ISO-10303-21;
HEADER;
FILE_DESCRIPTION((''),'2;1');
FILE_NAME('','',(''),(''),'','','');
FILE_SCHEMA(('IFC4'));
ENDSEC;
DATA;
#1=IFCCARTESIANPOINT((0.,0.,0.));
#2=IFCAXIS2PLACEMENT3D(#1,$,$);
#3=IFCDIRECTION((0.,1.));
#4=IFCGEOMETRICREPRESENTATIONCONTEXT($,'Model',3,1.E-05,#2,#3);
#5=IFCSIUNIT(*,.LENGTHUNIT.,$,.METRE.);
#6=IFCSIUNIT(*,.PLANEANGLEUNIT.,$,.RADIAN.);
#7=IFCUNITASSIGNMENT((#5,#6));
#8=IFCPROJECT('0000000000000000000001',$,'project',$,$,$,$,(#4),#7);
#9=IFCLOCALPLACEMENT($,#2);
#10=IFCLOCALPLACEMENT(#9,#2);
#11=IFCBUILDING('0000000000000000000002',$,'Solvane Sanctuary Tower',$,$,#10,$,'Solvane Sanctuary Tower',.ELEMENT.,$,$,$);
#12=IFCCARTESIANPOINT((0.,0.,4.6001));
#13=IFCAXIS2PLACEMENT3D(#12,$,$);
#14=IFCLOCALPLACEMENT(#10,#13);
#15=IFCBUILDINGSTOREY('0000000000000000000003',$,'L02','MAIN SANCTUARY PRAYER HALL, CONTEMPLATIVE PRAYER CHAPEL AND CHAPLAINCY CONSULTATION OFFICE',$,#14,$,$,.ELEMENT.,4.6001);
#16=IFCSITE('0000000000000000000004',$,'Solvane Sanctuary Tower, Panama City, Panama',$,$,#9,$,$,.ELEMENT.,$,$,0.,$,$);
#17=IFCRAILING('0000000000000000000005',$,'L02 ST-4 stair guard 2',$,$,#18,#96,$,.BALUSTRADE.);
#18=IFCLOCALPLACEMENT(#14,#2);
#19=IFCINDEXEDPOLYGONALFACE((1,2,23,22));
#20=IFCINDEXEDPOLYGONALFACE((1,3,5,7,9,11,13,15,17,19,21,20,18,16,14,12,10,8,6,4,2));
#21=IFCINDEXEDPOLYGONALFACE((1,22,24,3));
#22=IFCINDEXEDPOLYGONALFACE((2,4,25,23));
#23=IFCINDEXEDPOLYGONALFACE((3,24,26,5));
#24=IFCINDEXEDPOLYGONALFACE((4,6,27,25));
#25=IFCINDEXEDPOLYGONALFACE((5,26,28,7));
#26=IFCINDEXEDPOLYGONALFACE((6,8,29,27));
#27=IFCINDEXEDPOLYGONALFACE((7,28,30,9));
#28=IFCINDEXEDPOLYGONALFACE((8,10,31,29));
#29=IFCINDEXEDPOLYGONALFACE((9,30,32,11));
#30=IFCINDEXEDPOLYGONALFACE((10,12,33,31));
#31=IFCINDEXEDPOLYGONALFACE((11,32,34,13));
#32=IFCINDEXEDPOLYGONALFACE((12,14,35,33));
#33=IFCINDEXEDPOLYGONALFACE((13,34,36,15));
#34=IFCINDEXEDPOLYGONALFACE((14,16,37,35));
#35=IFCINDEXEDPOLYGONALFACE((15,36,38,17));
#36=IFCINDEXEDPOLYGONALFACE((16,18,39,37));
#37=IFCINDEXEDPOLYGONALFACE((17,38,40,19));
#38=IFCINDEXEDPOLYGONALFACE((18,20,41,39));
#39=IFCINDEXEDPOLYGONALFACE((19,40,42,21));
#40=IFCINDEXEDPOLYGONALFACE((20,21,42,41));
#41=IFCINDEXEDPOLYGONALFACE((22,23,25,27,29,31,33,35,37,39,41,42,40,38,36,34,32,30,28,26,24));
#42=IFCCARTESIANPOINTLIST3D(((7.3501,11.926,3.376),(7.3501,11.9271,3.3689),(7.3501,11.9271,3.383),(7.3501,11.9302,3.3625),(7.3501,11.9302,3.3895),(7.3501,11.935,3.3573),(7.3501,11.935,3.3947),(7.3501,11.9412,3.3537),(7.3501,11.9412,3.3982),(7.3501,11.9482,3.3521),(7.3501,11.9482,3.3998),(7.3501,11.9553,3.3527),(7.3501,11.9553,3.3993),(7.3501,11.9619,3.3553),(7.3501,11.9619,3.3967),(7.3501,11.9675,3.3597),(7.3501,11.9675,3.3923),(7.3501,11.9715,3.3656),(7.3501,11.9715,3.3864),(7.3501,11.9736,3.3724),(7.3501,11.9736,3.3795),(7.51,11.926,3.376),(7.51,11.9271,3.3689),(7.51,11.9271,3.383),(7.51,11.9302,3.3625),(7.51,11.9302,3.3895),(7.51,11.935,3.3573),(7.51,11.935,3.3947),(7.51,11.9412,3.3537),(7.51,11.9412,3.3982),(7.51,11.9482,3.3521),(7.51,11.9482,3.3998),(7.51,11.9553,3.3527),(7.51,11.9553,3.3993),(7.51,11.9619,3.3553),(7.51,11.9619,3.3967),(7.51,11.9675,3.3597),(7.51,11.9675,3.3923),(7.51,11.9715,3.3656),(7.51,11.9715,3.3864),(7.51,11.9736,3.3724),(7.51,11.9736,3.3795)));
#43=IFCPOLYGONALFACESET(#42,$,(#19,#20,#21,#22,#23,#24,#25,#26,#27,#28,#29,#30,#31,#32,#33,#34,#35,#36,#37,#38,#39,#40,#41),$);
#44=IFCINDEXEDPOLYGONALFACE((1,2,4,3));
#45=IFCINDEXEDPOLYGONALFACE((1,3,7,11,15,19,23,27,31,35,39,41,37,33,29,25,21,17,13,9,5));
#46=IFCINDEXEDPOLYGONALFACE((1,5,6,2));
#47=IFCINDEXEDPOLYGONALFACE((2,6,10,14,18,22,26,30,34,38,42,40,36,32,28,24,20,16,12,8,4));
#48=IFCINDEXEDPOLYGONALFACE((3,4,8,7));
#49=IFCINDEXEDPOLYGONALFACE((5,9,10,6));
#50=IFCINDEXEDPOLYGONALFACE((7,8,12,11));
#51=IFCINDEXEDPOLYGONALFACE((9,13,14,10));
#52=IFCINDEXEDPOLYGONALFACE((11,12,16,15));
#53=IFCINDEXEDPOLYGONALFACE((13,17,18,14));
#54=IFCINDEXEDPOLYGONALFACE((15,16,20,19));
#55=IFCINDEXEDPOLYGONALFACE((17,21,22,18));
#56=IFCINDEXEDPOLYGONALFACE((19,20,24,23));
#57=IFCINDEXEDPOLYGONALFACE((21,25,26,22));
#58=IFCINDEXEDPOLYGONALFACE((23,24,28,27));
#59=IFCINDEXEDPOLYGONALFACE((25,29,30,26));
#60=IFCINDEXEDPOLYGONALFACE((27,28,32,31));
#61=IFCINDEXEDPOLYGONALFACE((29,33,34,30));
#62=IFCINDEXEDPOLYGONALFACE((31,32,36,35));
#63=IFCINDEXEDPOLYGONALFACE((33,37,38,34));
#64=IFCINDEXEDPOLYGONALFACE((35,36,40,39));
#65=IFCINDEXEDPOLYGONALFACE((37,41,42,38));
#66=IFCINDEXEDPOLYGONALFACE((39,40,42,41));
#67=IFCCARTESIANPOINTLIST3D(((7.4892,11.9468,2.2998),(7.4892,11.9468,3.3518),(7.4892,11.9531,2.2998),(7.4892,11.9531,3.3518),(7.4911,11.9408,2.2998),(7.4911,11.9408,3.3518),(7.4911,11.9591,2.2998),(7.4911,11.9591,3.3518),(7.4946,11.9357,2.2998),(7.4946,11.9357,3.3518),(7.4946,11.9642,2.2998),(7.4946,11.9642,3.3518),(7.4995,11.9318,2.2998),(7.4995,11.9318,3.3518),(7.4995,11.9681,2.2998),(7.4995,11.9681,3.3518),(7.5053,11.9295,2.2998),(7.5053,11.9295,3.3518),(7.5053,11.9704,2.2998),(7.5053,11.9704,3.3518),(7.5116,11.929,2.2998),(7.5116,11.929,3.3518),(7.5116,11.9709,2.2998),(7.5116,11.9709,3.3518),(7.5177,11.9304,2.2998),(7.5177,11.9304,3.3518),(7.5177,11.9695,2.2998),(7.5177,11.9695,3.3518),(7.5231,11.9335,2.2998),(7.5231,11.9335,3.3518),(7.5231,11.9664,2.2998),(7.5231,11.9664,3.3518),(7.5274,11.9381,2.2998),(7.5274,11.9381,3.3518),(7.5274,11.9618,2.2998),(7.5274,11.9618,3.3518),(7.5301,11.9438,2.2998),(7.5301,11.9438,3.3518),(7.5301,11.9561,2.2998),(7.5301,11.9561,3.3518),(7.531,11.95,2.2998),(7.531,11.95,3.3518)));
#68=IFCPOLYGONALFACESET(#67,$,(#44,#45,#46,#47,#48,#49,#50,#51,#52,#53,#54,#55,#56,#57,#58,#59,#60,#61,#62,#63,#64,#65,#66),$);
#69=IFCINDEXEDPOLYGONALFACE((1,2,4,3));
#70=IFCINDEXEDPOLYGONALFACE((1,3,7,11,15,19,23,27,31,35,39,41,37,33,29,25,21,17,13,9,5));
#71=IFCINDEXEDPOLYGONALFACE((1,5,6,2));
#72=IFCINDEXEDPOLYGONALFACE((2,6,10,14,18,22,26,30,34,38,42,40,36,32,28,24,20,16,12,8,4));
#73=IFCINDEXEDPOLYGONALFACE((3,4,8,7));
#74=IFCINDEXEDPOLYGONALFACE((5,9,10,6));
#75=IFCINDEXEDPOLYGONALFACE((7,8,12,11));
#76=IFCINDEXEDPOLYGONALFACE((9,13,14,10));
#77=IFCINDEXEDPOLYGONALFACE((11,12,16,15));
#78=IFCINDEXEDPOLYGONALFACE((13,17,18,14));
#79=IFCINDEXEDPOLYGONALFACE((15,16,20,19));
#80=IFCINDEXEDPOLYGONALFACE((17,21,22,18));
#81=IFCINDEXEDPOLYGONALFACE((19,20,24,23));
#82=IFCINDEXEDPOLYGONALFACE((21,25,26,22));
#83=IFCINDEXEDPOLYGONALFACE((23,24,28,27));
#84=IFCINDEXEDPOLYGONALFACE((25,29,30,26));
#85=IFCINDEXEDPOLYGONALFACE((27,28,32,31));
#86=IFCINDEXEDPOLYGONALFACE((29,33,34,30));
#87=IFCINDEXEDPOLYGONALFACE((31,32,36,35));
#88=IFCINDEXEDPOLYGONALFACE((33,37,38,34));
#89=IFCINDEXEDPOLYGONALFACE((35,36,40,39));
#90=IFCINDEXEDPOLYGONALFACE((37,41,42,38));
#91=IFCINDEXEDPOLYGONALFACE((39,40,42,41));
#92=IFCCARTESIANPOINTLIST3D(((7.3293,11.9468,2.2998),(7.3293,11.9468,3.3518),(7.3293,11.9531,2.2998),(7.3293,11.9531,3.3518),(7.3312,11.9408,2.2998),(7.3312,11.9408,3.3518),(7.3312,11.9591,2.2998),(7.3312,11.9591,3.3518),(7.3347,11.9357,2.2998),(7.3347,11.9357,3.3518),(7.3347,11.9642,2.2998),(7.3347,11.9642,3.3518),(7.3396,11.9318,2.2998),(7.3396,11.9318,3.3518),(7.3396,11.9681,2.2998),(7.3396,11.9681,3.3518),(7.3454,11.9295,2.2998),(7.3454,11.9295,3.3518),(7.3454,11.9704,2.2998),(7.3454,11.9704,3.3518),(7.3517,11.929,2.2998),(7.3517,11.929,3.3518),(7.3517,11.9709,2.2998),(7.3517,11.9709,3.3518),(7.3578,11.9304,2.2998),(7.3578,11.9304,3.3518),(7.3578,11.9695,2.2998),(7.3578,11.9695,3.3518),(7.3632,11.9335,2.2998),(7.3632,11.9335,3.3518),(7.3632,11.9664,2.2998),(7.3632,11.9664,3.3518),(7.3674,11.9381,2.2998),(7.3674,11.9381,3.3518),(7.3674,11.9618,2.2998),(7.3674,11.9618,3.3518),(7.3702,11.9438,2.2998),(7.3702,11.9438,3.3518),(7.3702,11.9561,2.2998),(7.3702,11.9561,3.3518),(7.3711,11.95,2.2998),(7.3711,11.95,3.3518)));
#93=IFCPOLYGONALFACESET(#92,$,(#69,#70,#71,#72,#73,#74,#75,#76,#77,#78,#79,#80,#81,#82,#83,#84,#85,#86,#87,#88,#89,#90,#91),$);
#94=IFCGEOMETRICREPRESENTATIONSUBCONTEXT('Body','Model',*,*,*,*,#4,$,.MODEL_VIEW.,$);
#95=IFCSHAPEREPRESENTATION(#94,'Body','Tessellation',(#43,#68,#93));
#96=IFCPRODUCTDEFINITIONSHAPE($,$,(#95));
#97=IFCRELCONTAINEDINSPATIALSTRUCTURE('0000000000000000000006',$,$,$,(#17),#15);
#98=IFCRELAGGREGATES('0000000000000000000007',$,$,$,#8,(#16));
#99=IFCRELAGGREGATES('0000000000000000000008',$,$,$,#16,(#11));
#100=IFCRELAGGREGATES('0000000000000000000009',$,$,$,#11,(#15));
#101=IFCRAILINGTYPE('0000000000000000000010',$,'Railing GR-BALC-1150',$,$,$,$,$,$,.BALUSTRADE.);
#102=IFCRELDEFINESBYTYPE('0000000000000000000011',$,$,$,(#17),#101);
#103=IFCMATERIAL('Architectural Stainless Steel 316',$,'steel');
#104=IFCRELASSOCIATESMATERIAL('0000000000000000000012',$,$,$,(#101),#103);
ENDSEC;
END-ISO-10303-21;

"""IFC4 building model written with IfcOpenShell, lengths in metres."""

from ifc_helpers import new_model, si_unit, direction, frame, origin, origin_2d, place, context, subcontext, project, spatial, circle, extrude, material, type_object, element, save


model = new_model("IFC4")

# Units and contexts
model_context = context("Model", 3, precision=1e-05, world=origin(), true_north=direction((0.0, 1.0)))
body_context = subcontext(model_context, "Body", "Model", "MODEL_VIEW")
ifc_project = project(units=[si_unit("LENGTHUNIT", "METRE"), si_unit("PLANEANGLEUNIT", "RADIAN")], contexts=[model_context])

# Site, building, storey
site_placement = place(None, origin())
site = spatial("IfcSite", under=ifc_project, at=site_placement, Name="Solvane Sanctuary Tower, Panama City, Panama", CompositionType="ELEMENT", RefElevation=0.0)
building_placement = place(site_placement, origin())
building = spatial("IfcBuilding", under=site, at=building_placement, Name="Solvane Sanctuary Tower", LongName="Solvane Sanctuary Tower", CompositionType="ELEMENT")
storey_placement = place(building_placement, frame((0.0, 0.0, 4.6001)))
storey = spatial("IfcBuildingStorey", under=building, at=storey_placement, Name="L02", Description="MAIN SANCTUARY PRAYER HALL, CONTEMPLATIVE PRAYER CHAPEL AND CHAPLAINCY CONSULTATION OFFICE", CompositionType="ELEMENT", Elevation=4.6001)

# Shared definitions
ifc_material_1 = material(Name="Architectural Stainless Steel 316", Category="steel")

# Railing
railing_type_1 = type_object("IfcRailingType", Name="Railing GR-BALC-1150", PredefinedType="BALUSTRADE", material=ifc_material_1)
railing_1_placement = place(storey_placement, frame((7.51, 11.95, 2.2998)))
element("IfcRailing", 1, at=railing_1_placement, inside=storey, type_object=railing_type_1, Name="L02 ST-4 stair guard 2", PredefinedType="BALUSTRADE", context=body_context, shape_type="SweptSolid", body=[
    extrude(circle(Radius=0.0239, at=origin_2d()), frame((0.0, 0.0, 1.0762), z_axis=(-1.0, 0.0, 0.0), x_axis=(0.0, -1.0, 0.0)), (0.0, 0.0, 1.0), 0.1599),
    extrude(circle(Radius=0.021, at=origin_2d()), origin(), (0.0, 0.0, 1.0), 1.052),
    extrude(circle(Radius=0.021, at=origin_2d()), frame((-0.1599, 0.0, 0.0)), (0.0, 0.0, 1.0), 1.052),
])

save(model, "model.ifc")
